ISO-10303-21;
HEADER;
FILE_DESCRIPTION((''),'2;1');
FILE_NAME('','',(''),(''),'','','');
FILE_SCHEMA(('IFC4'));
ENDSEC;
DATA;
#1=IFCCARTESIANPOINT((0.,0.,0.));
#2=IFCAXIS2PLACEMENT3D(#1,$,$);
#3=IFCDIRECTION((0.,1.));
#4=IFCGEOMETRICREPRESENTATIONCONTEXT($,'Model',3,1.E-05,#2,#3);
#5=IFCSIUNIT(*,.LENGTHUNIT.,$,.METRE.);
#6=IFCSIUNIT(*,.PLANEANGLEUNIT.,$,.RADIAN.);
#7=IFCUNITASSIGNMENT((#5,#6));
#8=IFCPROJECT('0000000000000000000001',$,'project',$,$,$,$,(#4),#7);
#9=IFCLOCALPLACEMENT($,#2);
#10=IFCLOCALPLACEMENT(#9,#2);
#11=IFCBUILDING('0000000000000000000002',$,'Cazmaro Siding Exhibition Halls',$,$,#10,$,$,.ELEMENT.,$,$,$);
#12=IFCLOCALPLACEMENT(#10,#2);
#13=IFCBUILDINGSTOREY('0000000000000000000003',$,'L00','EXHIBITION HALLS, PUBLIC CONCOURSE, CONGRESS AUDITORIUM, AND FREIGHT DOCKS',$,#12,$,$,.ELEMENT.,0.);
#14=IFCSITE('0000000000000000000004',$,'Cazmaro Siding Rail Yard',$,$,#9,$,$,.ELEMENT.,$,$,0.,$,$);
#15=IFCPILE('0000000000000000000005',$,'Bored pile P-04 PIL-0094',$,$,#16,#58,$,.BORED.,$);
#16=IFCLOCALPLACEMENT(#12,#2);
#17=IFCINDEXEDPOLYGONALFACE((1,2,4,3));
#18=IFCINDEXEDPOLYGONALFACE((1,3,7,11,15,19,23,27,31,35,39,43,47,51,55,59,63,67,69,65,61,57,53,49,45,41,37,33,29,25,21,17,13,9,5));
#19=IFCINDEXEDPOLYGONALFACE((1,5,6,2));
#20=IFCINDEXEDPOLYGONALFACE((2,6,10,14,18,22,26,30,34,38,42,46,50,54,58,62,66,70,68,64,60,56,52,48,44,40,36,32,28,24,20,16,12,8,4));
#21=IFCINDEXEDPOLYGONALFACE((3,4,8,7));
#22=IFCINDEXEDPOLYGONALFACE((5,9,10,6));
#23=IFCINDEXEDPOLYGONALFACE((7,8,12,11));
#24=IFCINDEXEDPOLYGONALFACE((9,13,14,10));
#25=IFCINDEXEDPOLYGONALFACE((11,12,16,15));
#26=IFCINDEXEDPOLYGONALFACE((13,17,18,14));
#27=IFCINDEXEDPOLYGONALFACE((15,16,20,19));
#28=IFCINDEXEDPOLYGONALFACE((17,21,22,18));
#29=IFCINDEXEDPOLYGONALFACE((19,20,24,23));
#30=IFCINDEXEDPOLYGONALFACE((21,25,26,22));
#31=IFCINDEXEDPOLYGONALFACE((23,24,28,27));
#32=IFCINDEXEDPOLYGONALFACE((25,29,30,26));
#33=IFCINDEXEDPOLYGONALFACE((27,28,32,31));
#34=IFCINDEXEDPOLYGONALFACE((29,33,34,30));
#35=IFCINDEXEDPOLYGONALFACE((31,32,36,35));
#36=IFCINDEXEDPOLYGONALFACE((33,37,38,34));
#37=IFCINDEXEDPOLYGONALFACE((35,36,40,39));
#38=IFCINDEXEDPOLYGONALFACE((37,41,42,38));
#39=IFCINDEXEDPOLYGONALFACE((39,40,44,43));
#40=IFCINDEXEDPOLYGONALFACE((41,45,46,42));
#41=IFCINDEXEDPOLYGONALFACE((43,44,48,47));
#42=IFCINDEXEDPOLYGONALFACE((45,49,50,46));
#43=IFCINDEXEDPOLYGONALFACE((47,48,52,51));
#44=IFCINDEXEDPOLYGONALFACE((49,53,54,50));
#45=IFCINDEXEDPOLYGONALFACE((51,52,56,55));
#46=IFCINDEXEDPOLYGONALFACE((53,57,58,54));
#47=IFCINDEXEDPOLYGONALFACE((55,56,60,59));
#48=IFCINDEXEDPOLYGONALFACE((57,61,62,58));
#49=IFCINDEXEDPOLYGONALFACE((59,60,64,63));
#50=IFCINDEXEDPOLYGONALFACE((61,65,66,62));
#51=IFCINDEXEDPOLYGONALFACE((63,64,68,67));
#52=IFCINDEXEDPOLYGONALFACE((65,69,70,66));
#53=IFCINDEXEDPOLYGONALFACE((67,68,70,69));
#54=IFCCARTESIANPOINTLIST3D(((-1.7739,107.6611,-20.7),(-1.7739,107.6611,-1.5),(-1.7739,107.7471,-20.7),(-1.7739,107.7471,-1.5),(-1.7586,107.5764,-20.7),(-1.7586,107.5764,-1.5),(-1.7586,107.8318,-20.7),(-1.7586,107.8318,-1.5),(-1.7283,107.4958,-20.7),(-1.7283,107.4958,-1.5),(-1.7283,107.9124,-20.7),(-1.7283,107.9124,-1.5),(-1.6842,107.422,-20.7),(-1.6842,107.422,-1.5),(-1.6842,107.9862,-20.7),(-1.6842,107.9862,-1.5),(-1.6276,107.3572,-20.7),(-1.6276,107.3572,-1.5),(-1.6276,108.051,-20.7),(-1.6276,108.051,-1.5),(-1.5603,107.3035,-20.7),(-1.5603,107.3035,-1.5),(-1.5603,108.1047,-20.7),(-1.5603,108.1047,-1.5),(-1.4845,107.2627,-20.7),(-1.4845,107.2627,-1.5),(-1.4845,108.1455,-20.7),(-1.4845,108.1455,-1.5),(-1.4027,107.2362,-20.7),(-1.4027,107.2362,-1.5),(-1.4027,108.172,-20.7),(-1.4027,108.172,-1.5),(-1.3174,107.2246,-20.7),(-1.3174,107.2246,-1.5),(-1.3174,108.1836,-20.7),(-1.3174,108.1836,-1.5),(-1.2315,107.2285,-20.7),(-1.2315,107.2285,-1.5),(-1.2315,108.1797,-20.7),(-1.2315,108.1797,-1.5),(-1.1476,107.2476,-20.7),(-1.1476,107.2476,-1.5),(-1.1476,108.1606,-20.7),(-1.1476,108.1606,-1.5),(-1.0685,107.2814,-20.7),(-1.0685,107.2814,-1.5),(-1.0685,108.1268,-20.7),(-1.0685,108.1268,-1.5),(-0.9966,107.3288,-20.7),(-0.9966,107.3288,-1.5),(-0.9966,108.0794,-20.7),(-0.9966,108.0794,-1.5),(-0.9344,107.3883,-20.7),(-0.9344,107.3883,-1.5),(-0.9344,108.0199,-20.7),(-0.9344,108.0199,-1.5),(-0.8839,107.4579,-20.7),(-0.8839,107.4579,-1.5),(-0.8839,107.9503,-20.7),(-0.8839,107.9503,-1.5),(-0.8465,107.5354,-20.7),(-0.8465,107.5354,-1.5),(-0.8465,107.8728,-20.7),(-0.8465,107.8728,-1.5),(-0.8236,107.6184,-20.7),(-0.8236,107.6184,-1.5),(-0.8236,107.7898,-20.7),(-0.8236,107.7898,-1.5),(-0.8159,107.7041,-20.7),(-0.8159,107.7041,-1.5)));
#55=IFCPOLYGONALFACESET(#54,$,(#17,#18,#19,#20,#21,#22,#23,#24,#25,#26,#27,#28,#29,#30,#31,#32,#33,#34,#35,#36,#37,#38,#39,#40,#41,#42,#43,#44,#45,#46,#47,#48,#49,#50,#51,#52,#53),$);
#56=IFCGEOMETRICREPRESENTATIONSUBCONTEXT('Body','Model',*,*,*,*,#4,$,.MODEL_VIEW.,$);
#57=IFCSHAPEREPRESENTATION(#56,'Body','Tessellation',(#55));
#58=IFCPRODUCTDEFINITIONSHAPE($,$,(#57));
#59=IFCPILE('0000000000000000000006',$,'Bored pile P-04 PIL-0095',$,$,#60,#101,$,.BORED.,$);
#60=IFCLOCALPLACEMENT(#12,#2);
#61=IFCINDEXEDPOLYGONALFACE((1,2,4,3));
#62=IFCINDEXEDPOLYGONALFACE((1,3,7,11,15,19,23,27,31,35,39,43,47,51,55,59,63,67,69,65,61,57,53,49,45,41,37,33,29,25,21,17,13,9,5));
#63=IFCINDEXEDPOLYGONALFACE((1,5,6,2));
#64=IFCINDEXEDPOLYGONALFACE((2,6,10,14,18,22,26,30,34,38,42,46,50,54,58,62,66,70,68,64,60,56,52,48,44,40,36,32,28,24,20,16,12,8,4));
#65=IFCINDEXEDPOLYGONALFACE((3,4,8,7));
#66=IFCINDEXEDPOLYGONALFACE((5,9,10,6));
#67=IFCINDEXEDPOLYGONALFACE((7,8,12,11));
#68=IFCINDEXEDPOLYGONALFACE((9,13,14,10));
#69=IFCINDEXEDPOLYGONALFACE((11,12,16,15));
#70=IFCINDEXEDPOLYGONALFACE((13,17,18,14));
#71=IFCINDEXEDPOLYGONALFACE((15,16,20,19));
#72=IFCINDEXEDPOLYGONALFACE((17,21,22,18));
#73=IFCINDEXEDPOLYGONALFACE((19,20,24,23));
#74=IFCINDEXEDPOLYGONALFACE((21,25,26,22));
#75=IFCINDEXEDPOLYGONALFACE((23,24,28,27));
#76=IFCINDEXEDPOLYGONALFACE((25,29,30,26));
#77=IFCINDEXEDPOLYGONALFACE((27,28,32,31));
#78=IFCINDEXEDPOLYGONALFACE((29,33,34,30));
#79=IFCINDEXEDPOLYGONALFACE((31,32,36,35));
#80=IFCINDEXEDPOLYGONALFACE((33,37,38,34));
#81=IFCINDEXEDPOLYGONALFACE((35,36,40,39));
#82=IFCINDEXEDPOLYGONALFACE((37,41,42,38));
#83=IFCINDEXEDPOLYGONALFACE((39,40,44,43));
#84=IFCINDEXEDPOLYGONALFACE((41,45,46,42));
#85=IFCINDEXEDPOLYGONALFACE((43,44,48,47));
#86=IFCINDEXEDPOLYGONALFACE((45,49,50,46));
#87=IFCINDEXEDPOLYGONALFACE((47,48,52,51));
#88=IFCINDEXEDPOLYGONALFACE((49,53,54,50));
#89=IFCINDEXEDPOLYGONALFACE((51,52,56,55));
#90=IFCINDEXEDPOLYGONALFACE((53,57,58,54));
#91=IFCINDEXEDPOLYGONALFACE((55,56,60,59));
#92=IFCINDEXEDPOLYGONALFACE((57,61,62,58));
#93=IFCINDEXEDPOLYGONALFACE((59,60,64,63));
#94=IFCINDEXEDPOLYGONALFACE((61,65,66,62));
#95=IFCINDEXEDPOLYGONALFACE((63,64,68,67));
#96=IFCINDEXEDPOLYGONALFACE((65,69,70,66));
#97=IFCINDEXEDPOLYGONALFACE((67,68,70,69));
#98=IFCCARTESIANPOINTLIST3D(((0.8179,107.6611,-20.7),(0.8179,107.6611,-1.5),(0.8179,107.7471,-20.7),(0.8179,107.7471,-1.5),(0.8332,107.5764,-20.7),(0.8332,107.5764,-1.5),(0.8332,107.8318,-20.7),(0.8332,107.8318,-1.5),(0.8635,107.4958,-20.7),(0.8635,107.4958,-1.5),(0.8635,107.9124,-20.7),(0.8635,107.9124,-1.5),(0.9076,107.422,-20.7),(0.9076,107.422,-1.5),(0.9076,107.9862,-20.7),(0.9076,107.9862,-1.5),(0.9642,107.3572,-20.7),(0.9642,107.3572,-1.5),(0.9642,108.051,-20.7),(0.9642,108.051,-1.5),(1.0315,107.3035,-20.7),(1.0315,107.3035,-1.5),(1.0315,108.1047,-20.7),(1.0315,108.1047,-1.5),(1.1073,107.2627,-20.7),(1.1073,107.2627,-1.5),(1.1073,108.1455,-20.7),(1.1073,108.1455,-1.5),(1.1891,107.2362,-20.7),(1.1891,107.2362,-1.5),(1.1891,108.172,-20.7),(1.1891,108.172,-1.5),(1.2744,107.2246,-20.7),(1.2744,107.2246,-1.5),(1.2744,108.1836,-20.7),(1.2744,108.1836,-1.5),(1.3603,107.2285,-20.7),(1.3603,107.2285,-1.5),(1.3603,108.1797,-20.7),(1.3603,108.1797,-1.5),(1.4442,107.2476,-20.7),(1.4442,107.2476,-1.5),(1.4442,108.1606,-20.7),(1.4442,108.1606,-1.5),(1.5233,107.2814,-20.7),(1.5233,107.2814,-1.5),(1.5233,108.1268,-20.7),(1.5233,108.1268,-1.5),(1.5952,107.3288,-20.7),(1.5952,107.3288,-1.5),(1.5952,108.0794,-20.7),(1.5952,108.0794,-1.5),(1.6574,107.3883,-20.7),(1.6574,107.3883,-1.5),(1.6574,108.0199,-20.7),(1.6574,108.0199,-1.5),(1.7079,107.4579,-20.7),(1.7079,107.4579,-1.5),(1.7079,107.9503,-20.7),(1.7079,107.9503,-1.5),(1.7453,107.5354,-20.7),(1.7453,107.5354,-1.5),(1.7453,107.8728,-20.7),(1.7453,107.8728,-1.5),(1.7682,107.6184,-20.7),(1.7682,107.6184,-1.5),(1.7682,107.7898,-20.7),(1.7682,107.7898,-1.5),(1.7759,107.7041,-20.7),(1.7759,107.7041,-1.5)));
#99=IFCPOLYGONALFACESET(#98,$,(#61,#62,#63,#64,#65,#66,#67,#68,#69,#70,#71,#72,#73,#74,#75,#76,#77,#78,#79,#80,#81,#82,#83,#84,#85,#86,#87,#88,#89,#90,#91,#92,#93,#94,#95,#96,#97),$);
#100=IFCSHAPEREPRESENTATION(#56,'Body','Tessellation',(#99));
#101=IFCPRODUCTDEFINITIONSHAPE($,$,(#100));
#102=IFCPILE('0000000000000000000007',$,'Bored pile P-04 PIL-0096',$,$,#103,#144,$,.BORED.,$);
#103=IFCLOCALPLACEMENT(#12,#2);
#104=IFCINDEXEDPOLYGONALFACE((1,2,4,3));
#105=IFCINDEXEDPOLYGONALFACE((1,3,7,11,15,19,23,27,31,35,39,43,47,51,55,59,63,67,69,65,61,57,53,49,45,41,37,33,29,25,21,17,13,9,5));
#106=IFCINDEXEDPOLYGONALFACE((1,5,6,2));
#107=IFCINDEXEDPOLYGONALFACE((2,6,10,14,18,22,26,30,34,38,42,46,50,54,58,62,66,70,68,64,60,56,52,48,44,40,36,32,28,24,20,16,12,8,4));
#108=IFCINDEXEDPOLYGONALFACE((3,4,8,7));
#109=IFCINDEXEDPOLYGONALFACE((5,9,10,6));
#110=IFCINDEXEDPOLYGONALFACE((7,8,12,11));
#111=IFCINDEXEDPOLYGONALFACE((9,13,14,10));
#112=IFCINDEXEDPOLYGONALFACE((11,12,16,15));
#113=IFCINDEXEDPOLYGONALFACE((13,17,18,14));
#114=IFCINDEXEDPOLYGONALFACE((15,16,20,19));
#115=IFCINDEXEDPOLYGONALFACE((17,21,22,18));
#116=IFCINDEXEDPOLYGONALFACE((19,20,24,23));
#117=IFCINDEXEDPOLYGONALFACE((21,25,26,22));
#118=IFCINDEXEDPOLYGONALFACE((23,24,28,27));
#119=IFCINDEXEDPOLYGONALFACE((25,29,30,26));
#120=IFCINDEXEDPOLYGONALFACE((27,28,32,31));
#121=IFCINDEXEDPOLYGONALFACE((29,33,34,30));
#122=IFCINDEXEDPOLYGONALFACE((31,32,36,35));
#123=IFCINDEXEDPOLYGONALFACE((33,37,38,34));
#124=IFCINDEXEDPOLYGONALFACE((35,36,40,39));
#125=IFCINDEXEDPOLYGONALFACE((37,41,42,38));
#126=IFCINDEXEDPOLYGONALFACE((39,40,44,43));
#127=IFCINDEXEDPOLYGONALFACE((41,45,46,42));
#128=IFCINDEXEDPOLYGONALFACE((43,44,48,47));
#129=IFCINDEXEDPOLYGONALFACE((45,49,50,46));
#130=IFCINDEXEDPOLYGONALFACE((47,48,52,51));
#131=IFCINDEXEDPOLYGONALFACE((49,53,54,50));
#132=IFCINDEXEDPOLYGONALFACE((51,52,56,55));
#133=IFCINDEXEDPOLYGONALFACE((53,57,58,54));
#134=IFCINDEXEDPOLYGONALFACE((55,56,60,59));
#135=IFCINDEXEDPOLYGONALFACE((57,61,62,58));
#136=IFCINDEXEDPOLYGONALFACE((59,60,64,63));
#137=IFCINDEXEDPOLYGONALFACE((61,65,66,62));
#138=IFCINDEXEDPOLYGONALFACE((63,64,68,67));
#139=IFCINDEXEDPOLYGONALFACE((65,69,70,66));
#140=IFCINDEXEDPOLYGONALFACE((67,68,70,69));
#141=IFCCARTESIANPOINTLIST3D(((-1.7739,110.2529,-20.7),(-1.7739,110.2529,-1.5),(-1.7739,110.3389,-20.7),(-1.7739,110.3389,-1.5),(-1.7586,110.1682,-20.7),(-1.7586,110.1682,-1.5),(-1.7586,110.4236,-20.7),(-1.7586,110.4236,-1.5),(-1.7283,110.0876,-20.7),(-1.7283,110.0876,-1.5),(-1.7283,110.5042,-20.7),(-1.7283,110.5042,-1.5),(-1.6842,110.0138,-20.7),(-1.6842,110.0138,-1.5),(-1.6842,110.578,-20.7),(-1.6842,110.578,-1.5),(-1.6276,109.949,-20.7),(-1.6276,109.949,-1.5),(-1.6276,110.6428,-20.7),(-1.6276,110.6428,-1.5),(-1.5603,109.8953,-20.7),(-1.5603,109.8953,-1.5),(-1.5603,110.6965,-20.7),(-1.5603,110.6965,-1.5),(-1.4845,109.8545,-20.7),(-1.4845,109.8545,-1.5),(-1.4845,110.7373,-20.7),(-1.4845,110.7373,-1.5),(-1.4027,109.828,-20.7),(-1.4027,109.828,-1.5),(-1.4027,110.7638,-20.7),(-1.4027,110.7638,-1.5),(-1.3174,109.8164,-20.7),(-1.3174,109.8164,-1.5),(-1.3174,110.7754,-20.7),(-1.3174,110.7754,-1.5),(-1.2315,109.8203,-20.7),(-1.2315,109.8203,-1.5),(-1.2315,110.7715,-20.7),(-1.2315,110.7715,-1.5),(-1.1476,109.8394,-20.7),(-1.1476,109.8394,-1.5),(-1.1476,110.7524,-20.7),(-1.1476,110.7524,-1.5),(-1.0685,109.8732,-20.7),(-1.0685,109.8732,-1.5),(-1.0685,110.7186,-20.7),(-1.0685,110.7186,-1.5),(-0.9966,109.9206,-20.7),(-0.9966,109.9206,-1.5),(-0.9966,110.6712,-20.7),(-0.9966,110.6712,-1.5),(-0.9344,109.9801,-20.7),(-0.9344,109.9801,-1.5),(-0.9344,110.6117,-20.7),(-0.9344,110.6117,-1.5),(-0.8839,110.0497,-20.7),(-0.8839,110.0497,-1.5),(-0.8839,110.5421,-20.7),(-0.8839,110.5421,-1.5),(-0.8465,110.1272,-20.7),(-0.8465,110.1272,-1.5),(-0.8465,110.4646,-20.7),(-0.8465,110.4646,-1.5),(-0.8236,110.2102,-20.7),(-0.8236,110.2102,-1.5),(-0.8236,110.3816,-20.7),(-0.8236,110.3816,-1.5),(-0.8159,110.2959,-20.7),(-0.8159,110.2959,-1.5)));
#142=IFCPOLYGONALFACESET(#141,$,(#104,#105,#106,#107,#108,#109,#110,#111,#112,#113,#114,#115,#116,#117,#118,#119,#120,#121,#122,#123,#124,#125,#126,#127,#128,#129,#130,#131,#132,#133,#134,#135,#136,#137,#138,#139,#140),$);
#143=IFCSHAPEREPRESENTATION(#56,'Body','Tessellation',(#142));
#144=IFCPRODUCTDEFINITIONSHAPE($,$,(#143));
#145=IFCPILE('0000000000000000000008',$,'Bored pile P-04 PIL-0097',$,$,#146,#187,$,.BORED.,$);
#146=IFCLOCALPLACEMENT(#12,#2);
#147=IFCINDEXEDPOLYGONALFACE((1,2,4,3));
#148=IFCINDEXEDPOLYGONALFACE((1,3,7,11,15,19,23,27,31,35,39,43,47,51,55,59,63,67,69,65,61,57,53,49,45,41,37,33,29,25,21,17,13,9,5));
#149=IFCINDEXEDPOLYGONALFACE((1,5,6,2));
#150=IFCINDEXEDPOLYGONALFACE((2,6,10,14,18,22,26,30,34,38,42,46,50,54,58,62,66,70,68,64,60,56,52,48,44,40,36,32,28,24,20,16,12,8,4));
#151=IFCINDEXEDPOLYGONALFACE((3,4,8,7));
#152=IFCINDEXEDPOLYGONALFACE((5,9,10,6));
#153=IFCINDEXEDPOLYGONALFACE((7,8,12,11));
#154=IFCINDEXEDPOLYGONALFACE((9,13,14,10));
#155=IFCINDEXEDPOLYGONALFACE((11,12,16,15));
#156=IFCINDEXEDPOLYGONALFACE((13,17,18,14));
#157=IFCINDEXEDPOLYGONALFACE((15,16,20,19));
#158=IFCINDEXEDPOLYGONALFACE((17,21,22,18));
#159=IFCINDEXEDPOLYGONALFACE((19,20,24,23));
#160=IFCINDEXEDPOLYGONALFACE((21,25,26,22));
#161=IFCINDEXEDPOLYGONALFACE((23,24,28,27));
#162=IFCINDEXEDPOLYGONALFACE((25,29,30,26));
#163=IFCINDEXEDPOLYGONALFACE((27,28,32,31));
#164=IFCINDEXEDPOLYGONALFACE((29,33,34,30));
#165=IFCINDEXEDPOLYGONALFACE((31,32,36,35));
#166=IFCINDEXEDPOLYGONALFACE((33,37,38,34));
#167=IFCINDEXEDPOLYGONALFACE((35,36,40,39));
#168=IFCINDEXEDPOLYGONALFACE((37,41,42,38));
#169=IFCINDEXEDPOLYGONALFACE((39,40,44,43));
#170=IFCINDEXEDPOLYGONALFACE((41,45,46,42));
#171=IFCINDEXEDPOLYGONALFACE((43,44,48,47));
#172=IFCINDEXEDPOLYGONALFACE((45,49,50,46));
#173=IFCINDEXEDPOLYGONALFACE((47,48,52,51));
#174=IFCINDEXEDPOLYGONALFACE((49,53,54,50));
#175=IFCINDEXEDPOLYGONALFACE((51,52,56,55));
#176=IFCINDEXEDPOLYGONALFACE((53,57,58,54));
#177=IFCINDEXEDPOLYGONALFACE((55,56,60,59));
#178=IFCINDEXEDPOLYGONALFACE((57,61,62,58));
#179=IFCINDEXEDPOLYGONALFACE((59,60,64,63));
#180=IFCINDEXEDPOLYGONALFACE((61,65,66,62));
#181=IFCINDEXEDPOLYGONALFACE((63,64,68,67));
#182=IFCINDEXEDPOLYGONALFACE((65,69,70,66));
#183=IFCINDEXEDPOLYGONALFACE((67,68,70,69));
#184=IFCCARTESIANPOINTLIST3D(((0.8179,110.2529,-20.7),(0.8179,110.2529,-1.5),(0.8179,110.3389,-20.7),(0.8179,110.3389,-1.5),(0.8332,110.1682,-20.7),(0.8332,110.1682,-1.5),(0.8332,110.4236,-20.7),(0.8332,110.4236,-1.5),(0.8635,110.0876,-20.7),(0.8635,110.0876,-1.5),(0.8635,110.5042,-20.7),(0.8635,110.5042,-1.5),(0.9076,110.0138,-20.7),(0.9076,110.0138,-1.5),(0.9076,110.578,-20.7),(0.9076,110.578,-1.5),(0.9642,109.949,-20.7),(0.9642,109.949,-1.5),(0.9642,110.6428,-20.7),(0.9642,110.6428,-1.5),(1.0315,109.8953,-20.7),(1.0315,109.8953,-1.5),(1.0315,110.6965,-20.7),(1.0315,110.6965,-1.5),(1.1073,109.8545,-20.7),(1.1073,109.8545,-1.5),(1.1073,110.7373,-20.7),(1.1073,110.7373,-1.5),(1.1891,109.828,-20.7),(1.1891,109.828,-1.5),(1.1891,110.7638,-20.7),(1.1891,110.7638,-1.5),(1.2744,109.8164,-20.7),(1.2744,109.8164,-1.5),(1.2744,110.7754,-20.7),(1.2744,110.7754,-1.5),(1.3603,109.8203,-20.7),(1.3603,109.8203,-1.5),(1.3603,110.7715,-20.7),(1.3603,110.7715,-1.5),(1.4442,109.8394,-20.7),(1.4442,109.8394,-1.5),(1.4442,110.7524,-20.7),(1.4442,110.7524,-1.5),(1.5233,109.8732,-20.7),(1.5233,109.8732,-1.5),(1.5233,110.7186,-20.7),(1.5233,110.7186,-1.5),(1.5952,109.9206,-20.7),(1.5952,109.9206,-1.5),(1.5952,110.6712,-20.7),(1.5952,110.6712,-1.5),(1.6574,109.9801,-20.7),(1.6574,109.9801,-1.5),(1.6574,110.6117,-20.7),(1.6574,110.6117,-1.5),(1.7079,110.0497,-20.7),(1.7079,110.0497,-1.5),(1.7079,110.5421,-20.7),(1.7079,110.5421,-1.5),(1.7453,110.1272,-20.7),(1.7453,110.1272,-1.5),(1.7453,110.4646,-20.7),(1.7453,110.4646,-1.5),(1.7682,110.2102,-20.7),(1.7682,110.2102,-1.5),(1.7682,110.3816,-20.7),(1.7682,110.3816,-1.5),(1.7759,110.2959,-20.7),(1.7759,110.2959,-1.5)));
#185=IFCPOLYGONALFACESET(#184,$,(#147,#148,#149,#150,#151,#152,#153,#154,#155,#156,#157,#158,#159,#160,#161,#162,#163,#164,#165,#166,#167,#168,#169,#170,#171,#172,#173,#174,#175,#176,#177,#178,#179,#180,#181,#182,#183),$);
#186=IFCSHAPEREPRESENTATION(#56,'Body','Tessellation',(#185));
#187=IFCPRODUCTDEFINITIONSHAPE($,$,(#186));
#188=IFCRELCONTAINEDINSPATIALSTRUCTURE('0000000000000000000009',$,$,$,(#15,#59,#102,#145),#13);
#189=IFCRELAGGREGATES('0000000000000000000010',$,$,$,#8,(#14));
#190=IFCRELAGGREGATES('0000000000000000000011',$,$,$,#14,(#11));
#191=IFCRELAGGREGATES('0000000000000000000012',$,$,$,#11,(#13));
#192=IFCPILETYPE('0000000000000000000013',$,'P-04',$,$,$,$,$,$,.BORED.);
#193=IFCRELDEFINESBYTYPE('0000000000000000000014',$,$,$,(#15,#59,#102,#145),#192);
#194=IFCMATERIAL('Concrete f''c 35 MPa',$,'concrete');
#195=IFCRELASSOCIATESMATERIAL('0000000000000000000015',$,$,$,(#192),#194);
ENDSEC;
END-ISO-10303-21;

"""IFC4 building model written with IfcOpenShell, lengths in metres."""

from ifc_helpers import new_model, si_unit, direction, frame, origin, origin_2d, place, context, subcontext, project, spatial, circle, extrude, material, material_profile, profile_set, type_object, element, save


model = new_model("IFC4")

# Units and contexts
model_context = context("Model", 3, precision=1e-05, world=origin(), true_north=direction((0.0, 1.0)))
body_context = subcontext(model_context, "Body", "Model", "MODEL_VIEW")
ifc_project = project(units=[si_unit("LENGTHUNIT", "METRE"), si_unit("PLANEANGLEUNIT", "RADIAN")], contexts=[model_context])

# Site, building, storey
site_placement = place(None, origin())
site = spatial("IfcSite", under=ifc_project, at=site_placement, Name="Cazmaro Siding Rail Yard", CompositionType="ELEMENT", RefElevation=0.0)
building_placement = place(site_placement, origin())
building = spatial("IfcBuilding", under=site, at=building_placement, Name="Cazmaro Siding Exhibition Halls", CompositionType="ELEMENT")
storey_placement = place(building_placement, origin())
storey = spatial("IfcBuildingStorey", under=building, at=storey_placement, Name="L00", Description="EXHIBITION HALLS, PUBLIC CONCOURSE, CONGRESS AUDITORIUM, AND FREIGHT DOCKS", CompositionType="ELEMENT", Elevation=0.0)

# Piles
ifc_material_1 = material(Name="Concrete f'c 35 MPa", Category="concrete")
ifc_material_profile_1 = material_profile(ifc_material_1, circle(Radius=0.48, at=origin_2d()), Name="CIDH-960")
ifc_profile_set_1 = profile_set([ifc_material_profile_1], Name="Concrete f'c 35 MPa")
pile_type = type_object("IfcPileType", Name="P-04", PredefinedType="BORED", material=ifc_profile_set_1)
for number, where, z_axis, x_axis, name in (
    (1, (-1.2959, 107.7041, -1.5), (0.0, 0.0, -1.0), (1.0, 0.0, 0.0), "Bored pile P-04 PIL-0094"),
    (2, (1.2959, 107.7041, -1.5), (0.0, 0.0, -1.0), (1.0, 0.0, 0.0), "Bored pile P-04 PIL-0095"),
    (3, (-1.2959, 110.2959, -1.5), (0.0, 0.0, -1.0), (1.0, 0.0, 0.0), "Bored pile P-04 PIL-0096"),
    (4, (1.2959, 110.2959, -1.5), (0.0, 0.0, -1.0), (1.0, 0.0, 0.0), "Bored pile P-04 PIL-0097"),
):
    element("IfcPile", number, at=place(storey_placement, frame(where, z_axis=z_axis, x_axis=x_axis)), inside=storey, type_object=pile_type, Name=name, PredefinedType="BORED", context=body_context, shape_type="SweptSolid", body=[
        extrude(circle(Radius=0.48, at=origin_2d()), origin(), (0.0, 0.0, 1.0), 19.2),
    ])

save(model, "model.ifc")
